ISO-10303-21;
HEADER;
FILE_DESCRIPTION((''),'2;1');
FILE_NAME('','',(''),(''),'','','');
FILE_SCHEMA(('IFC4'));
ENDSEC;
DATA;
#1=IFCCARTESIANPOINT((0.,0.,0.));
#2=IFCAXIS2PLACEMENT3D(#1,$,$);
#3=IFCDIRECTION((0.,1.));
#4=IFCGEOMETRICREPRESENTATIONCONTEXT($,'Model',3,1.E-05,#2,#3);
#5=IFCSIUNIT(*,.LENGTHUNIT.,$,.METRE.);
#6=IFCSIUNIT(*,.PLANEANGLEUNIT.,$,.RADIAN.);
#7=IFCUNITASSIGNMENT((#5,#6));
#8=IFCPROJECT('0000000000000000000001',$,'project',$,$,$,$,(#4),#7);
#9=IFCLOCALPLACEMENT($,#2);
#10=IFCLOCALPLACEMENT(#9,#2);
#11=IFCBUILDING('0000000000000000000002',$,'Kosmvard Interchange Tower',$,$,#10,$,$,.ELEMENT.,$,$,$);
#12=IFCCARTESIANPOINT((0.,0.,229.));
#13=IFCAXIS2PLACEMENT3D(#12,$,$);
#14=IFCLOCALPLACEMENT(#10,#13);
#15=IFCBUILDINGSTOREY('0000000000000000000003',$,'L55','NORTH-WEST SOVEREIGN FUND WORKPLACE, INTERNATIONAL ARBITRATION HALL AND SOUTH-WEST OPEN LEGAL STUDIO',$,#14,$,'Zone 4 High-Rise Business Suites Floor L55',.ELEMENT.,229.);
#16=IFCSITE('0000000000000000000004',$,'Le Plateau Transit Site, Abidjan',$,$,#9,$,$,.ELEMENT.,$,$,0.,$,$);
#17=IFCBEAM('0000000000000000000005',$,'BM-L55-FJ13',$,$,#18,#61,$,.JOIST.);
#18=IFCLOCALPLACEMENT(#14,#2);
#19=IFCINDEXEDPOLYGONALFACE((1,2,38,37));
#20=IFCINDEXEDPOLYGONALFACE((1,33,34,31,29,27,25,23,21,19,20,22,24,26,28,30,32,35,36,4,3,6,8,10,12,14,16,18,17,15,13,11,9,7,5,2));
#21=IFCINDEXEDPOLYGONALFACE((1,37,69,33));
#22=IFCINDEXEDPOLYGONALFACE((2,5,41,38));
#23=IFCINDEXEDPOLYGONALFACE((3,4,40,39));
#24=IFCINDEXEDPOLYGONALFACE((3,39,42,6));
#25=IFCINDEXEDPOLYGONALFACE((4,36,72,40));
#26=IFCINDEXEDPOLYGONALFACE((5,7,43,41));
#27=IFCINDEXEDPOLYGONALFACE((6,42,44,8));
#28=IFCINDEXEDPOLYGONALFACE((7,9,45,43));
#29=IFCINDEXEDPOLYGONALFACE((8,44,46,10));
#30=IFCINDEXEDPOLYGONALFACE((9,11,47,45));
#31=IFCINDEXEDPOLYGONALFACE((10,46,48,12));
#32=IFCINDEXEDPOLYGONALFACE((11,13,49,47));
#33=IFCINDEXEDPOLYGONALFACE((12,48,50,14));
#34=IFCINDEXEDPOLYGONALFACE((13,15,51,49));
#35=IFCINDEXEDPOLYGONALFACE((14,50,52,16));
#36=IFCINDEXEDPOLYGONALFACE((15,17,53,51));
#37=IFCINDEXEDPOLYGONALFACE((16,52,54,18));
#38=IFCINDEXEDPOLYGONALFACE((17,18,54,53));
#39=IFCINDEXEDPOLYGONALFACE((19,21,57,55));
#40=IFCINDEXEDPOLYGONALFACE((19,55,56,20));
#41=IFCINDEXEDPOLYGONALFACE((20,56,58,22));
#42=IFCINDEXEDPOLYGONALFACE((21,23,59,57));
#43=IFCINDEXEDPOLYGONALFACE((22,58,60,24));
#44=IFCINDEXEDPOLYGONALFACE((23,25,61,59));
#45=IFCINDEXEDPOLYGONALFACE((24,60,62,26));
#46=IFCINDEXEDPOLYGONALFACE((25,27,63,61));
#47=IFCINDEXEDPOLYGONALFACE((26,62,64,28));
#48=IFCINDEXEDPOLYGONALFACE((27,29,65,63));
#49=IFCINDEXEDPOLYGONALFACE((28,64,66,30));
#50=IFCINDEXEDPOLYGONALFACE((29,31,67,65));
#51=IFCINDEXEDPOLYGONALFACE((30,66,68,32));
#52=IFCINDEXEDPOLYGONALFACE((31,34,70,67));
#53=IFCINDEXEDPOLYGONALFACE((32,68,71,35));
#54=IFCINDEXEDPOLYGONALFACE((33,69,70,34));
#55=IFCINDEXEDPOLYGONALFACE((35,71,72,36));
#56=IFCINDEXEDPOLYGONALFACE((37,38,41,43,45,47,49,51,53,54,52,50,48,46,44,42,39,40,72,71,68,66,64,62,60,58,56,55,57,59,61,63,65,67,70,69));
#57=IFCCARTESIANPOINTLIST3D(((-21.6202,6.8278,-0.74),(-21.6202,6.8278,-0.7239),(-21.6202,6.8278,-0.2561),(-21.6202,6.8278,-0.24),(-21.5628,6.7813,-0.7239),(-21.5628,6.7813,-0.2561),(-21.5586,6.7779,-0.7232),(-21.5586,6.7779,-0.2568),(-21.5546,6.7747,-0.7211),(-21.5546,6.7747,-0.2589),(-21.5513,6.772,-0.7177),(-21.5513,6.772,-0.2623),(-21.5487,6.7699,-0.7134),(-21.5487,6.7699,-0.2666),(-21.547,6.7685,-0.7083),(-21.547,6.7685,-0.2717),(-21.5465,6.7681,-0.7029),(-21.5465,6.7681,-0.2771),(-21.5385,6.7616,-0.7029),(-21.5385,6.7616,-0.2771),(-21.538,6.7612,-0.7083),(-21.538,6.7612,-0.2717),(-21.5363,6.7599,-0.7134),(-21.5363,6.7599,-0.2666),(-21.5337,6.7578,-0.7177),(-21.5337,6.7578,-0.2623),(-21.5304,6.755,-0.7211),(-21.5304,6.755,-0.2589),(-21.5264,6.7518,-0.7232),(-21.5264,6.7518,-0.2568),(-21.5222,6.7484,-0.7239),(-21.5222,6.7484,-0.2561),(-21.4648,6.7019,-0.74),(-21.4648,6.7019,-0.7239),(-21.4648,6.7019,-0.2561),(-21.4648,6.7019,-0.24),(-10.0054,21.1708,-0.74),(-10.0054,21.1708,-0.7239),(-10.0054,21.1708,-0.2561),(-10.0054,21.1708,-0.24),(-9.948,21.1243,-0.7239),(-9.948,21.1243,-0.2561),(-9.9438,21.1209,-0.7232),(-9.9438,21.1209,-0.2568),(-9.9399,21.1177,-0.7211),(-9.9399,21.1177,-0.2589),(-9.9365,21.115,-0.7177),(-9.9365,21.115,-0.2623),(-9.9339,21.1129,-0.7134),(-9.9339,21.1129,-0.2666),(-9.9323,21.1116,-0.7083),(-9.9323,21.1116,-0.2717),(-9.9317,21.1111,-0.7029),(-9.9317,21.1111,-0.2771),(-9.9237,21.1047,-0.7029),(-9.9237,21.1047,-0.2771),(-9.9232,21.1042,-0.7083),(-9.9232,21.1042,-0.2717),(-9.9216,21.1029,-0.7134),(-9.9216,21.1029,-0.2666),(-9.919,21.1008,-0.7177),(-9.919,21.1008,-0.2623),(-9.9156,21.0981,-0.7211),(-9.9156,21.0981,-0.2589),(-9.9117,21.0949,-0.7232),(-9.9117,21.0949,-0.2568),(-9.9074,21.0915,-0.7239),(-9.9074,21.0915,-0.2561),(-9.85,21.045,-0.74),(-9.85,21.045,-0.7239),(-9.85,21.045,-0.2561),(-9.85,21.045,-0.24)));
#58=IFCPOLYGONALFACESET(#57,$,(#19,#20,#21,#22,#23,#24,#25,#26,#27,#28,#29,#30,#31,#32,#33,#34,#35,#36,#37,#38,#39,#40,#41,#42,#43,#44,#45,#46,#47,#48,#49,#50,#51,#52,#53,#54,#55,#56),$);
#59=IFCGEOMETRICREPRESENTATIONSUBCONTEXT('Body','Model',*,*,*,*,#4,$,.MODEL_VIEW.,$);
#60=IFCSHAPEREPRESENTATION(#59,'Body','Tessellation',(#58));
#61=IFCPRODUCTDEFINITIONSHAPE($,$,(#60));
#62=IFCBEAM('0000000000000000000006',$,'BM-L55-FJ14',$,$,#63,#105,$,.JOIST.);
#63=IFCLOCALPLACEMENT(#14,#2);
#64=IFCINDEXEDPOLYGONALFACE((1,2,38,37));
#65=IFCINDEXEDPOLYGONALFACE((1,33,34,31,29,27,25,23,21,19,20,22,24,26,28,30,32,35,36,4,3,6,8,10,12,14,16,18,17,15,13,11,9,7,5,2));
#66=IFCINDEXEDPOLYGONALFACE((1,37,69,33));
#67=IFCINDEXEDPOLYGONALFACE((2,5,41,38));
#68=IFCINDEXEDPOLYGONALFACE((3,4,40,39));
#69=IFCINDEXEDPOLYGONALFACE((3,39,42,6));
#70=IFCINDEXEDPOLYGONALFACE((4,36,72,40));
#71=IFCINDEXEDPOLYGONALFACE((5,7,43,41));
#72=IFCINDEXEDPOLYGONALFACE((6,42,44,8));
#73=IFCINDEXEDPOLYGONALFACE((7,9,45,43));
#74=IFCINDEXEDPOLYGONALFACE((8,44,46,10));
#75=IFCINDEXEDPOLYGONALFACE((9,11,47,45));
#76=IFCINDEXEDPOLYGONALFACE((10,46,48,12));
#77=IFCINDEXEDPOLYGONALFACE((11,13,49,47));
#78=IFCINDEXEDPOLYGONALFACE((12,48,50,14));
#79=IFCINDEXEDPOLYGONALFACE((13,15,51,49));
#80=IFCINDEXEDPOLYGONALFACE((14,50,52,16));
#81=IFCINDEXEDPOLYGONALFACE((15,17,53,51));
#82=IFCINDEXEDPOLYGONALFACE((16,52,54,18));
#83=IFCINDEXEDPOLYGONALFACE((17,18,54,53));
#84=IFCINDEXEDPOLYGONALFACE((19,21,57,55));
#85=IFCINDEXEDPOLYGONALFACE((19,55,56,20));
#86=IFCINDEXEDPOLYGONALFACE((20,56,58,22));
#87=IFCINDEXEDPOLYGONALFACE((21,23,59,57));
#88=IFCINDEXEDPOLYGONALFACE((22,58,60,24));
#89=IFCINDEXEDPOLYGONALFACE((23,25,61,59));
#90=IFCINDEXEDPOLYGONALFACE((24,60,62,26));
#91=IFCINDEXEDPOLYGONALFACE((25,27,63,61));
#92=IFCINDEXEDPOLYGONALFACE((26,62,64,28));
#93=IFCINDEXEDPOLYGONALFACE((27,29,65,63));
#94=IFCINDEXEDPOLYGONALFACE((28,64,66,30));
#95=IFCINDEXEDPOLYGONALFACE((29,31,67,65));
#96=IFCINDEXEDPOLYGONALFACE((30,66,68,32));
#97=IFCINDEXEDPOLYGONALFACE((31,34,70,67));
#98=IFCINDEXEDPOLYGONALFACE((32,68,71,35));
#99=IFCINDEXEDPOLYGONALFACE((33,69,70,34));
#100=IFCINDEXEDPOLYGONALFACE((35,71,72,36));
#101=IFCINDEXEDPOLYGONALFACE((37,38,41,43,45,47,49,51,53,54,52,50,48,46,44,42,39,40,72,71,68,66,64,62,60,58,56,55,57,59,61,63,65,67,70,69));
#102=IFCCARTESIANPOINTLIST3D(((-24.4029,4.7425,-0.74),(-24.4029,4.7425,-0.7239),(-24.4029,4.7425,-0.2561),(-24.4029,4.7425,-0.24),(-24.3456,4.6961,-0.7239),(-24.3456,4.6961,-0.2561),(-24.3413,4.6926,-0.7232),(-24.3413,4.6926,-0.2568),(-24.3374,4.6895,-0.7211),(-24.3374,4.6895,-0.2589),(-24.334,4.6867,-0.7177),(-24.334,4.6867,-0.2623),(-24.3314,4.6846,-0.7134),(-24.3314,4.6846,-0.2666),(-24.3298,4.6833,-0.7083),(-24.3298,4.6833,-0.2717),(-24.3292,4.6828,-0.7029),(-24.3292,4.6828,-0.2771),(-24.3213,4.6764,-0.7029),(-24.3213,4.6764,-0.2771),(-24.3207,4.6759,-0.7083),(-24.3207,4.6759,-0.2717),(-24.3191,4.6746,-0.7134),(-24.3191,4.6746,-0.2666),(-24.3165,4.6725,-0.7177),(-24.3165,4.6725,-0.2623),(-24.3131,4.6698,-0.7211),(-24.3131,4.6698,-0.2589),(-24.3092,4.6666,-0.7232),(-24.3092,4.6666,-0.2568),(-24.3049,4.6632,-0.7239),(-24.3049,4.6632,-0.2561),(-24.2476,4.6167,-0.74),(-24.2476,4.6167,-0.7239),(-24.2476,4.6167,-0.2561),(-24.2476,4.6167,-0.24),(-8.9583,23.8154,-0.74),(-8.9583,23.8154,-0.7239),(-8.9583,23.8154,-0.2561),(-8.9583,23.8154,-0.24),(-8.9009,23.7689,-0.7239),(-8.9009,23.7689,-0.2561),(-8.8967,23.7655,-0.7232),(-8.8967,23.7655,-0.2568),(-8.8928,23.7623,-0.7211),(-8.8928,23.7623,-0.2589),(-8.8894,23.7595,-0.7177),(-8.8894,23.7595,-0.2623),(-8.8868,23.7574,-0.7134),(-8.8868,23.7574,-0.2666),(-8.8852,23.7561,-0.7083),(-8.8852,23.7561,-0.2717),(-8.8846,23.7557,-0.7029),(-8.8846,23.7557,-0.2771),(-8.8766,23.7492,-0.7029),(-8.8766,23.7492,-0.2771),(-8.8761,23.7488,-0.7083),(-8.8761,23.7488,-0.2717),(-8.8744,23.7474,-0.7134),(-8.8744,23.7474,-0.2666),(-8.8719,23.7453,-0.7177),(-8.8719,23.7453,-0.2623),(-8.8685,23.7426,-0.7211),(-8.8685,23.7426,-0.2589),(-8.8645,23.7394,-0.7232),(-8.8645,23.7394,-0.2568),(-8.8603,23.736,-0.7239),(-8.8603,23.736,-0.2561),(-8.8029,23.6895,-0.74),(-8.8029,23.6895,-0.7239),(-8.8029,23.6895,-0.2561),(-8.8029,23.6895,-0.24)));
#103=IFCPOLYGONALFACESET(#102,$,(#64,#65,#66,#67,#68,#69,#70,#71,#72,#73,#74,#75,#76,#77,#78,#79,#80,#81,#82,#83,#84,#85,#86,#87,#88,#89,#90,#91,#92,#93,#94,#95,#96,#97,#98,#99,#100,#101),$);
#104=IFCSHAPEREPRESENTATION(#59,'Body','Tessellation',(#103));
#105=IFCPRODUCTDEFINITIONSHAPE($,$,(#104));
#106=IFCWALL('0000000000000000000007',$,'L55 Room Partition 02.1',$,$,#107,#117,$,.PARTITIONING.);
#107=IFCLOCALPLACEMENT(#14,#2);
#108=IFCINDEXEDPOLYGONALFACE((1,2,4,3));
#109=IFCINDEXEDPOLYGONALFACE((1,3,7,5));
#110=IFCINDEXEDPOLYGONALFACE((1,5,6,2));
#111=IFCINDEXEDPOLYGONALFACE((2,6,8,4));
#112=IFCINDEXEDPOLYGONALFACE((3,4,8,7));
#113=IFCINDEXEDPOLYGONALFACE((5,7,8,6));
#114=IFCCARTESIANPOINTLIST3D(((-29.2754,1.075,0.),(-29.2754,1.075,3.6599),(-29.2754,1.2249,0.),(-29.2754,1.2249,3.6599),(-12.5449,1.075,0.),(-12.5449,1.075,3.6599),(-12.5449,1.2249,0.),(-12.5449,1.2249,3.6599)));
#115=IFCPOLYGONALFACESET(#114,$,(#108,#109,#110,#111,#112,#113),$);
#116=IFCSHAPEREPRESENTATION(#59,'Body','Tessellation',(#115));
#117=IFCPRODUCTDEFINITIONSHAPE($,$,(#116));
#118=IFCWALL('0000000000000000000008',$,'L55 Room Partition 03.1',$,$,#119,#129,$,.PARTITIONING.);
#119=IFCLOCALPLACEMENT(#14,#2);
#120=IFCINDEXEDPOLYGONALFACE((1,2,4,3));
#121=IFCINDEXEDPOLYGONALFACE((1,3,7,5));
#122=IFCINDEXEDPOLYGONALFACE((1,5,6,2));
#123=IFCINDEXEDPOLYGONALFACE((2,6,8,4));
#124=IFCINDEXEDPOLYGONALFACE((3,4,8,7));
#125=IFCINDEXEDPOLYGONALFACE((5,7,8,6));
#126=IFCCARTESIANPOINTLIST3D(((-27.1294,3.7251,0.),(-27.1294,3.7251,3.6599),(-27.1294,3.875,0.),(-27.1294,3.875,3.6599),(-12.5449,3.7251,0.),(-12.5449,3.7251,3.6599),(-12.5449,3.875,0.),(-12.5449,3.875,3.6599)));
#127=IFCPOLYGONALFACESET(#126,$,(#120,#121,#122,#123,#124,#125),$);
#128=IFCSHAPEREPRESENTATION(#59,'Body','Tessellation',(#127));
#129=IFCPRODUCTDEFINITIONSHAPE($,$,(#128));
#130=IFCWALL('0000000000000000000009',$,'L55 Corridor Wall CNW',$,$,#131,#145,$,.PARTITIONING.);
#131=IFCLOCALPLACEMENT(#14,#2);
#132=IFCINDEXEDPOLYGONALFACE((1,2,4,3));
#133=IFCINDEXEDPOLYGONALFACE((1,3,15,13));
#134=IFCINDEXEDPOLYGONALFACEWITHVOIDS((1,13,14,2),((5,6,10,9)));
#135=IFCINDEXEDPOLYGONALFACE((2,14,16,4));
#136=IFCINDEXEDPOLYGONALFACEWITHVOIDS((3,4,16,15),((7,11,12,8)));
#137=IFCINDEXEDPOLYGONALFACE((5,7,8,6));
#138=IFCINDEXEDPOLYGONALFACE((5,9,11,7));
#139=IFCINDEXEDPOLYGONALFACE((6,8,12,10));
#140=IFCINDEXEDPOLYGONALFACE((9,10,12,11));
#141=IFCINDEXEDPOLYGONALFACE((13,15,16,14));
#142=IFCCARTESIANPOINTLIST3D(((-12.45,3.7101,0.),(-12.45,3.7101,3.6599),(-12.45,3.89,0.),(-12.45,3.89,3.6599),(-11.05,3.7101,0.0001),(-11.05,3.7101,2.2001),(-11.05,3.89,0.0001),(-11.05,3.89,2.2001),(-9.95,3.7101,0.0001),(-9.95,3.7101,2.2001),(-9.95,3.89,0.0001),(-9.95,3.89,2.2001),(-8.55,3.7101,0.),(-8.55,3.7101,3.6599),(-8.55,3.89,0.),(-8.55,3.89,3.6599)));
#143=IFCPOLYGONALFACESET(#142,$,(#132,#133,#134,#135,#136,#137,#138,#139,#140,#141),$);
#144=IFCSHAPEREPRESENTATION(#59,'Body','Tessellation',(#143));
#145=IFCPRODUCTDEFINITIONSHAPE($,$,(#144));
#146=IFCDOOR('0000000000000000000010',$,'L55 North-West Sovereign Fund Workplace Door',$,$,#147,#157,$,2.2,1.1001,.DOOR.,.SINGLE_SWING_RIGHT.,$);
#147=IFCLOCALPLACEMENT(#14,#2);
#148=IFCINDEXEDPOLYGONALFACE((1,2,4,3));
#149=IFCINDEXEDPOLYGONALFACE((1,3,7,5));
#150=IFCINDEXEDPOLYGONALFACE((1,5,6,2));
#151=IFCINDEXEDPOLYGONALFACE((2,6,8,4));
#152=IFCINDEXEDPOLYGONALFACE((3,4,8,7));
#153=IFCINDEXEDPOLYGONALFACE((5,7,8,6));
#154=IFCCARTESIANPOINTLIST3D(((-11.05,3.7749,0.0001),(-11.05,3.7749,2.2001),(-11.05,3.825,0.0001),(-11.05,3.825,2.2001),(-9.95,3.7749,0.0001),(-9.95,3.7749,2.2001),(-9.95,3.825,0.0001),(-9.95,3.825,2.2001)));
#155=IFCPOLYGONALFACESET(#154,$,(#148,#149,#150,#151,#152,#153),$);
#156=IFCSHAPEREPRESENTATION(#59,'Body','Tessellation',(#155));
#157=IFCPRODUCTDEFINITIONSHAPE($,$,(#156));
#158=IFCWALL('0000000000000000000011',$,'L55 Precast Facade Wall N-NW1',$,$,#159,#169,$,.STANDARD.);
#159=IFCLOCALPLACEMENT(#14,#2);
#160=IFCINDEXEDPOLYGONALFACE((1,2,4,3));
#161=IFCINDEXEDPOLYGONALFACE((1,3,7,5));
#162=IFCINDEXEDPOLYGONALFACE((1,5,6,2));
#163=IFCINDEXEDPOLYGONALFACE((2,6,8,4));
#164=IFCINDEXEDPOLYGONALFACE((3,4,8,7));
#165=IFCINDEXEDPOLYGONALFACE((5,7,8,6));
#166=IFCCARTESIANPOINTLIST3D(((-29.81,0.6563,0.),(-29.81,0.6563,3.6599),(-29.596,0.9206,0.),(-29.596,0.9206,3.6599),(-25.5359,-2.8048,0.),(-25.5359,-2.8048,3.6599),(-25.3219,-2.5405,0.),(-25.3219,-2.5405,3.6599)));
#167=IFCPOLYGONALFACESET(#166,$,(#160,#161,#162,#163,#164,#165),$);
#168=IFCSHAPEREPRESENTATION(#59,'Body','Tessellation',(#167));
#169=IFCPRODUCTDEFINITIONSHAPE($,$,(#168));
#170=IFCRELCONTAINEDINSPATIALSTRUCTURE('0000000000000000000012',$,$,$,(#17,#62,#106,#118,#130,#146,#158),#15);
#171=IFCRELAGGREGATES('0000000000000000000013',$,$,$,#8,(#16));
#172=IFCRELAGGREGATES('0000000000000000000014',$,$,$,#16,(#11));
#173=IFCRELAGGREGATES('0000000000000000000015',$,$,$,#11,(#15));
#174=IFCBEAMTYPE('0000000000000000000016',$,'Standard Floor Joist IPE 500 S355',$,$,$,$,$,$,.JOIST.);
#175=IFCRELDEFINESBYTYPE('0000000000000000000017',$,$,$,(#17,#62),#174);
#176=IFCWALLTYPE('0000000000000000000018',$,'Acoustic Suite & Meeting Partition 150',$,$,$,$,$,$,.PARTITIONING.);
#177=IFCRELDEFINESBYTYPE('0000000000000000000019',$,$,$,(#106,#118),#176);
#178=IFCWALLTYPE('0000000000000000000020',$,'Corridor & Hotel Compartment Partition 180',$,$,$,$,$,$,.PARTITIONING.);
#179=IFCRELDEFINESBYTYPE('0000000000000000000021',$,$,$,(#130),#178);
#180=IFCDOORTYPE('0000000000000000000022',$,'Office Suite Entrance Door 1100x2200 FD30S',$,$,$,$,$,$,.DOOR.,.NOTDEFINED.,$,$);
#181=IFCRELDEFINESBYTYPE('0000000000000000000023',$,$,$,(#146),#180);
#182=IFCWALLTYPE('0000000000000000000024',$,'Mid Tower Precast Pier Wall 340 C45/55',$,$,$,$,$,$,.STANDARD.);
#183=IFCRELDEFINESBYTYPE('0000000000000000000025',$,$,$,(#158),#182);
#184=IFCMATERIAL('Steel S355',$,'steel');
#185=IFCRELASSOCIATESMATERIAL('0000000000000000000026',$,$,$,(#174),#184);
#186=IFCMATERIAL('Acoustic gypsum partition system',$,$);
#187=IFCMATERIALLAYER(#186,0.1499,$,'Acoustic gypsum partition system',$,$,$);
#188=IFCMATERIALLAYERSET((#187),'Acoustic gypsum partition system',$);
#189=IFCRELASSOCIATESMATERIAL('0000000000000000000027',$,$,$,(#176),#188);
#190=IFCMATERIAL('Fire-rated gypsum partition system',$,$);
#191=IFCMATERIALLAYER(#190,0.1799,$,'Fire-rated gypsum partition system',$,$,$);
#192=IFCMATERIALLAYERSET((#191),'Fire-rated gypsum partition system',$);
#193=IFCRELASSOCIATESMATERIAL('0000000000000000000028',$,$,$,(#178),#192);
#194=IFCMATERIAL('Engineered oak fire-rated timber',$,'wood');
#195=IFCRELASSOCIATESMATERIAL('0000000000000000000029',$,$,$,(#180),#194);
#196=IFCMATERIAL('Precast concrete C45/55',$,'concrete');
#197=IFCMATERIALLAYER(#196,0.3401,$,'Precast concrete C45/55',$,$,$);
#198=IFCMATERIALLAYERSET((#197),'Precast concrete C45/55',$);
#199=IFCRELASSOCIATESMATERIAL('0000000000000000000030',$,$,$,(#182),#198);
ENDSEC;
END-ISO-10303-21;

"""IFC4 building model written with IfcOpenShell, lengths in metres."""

from ifc_helpers import new_model, si_unit, direction, frame, frame_2d, origin, origin_2d, place, context, subcontext, project, spatial, rectangle, i_section, extrude, source, transform, mapped, material, layer, layer_set, material_profile, profile_set, type_object, element, fill, save


model = new_model("IFC4")

# Units and contexts
model_context = context("Model", 3, precision=1e-05, world=origin(), true_north=direction((0.0, 1.0)))
body_context = subcontext(model_context, "Body", "Model", "MODEL_VIEW")
ifc_project = project(units=[si_unit("LENGTHUNIT", "METRE"), si_unit("PLANEANGLEUNIT", "RADIAN")], contexts=[model_context])

# Site, building, storey
site_placement = place(None, origin())
site = spatial("IfcSite", under=ifc_project, at=site_placement, Name="Le Plateau Transit Site, Abidjan", CompositionType="ELEMENT", RefElevation=0.0)
building_placement = place(site_placement, origin())
building = spatial("IfcBuilding", under=site, at=building_placement, Name="Kosmvard Interchange Tower", CompositionType="ELEMENT")
storey_placement = place(building_placement, frame((0.0, 0.0, 229.0)))
storey = spatial("IfcBuildingStorey", under=building, at=storey_placement, Name="L55", Description="NORTH-WEST SOVEREIGN FUND WORKPLACE, INTERNATIONAL ARBITRATION HALL AND SOUTH-WEST OPEN LEGAL STUDIO", LongName="Zone 4 High-Rise Business Suites Floor L55", CompositionType="ELEMENT", Elevation=229.0)

# Beams
ifc_material_1 = material(Name="Steel S355", Category="steel")
ifc_material_2 = material(Name="Precast concrete C45/55", Category="concrete")
ifc_material_profile_1 = material_profile(ifc_material_1, i_section(OverallWidth=0.2, OverallDepth=0.5, WebThickness=0.0103, FlangeThickness=0.0161, FilletRadius=0.021, at=origin_2d()), Name="IPE 500")
ifc_profile_set_1 = profile_set([ifc_material_profile_1], Name="Steel S355")
beam_type_1 = type_object("IfcBeamType", Name="Standard Floor Joist IPE 500 S355", PredefinedType="JOIST", material=ifc_profile_set_1)
shared_shape_1 = source(origin(), body_context, "Body", "SweptSolid", [
    extrude(i_section(OverallWidth=0.2, OverallDepth=0.5, WebThickness=0.0103, FlangeThickness=0.0161, FilletRadius=0.021, at=origin_2d()), origin(), (0.0, 0.0, 1.0), 18.4561),
])
beam_1_placement = place(storey_placement, frame((-9.9277, 21.1079, -0.49), z_axis=(-0.62932, -0.777146, 0.0), x_axis=(0.777146, -0.62932, 0.0)))
element("IfcBeam", 1, at=beam_1_placement, inside=storey, type_object=beam_type_1, Name="BM-L55-FJ13", PredefinedType="JOIST", context=body_context, shape_type="MappedRepresentation", body=[
    mapped(shared_shape_1, transform((0.0, 0.0, 0.0), scale=1.0)),
])
shared_shape_2 = source(origin(), body_context, "Body", "SweptSolid", [
    extrude(i_section(OverallWidth=0.2, OverallDepth=0.5, WebThickness=0.0103, FlangeThickness=0.0161, FilletRadius=0.021, at=origin_2d()), origin(), (0.0, 0.0, 1.0), 24.542),
])
beam_2_placement = place(storey_placement, frame((-8.8806, 23.7524, -0.49), z_axis=(-0.629315, -0.777151, 0.0), x_axis=(0.777151, -0.629315, 0.0)))
element("IfcBeam", 2, at=beam_2_placement, inside=storey, type_object=beam_type_1, Name="BM-L55-FJ14", PredefinedType="JOIST", context=body_context, shape_type="MappedRepresentation", body=[
    mapped(shared_shape_2, transform((0.0, 0.0, 0.0), scale=1.0)),
])

# Walls
ifc_material_3 = material(Name="Acoustic gypsum partition system")
ifc_layer_1 = layer(ifc_material_3, 0.1499, Name="Acoustic gypsum partition system")
ifc_layer_set_1 = layer_set([ifc_layer_1], Name="Acoustic gypsum partition system")
wall_type_1 = type_object("IfcWallType", Name="Acoustic Suite & Meeting Partition 150", PredefinedType="PARTITIONING", material=ifc_layer_set_1)
wall_1_placement = place(storey_placement, frame((-29.2754, 1.1499, 0.0), z_axis=(0.0, 0.0, 1.0), x_axis=(1.0, 0.0, 0.0)))
element("IfcWall", 3, at=wall_1_placement, inside=storey, type_object=wall_type_1, Name="L55 Room Partition 02.1", PredefinedType="PARTITIONING", context=body_context, shape_type="SweptSolid", body=[
    extrude(rectangle(XDim=16.7305, YDim=0.1499, at=frame_2d((8.3652, 0.0))), origin(), (0.0, 0.0, 1.0), 3.6599),
])
wall_2_placement = place(storey_placement, frame((-27.1294, 3.8, 0.0), z_axis=(0.0, 0.0, 1.0), x_axis=(1.0, 0.0, 0.0)))
element("IfcWall", 4, at=wall_2_placement, inside=storey, type_object=wall_type_1, Name="L55 Room Partition 03.1", PredefinedType="PARTITIONING", context=body_context, shape_type="SweptSolid", body=[
    extrude(rectangle(XDim=14.5845, YDim=0.1499, at=frame_2d((7.2922, 0.0))), origin(), (0.0, 0.0, 1.0), 3.6599),
])

# Wall, opening, door
ifc_material_4 = material(Name="Fire-rated gypsum partition system")
ifc_layer_2 = layer(ifc_material_4, 0.1799, Name="Fire-rated gypsum partition system")
ifc_layer_set_2 = layer_set([ifc_layer_2], Name="Fire-rated gypsum partition system")
wall_type_2 = type_object("IfcWallType", Name="Corridor & Hotel Compartment Partition 180", PredefinedType="PARTITIONING", material=ifc_layer_set_2)
wall_3_placement = place(storey_placement, frame((-12.45, 3.8, 0.0), z_axis=(0.0, 0.0, 1.0), x_axis=(1.0, 0.0, 0.0)))
wall_3 = element("IfcWall", 5, at=wall_3_placement, inside=storey, type_object=wall_type_2, Name="L55 Corridor Wall CNW", PredefinedType="PARTITIONING", context=body_context, shape_type="SweptSolid", body=[
    extrude(rectangle(XDim=3.8999, YDim=0.1799, at=frame_2d((1.95, 0.0))), origin(), (0.0, 0.0, 1.0), 3.6599),
])
opening_placement = place(wall_3_placement, frame((1.3999, 0.0, 0.0)))
opening = element("IfcOpeningElement", 6, at=opening_placement, cuts=wall_3, PredefinedType="OPENING", context=body_context, shape_type="SweptSolid", body=[
    extrude(rectangle(XDim=1.1001, YDim=2.2, at=frame_2d((0.55, 1.1001))), frame((0.0, 0.1001, 0.0), z_axis=(0.0, -1.0, 0.0), x_axis=(1.0, 0.0, 0.0)), (0.0, 0.0, 1.0), 0.2),
])
ifc_material_5 = material(Name="Engineered oak fire-rated timber", Category="wood")
door_type = type_object("IfcDoorType", Name="Office Suite Entrance Door 1100x2200 FD30S", OperationType="NOTDEFINED", PredefinedType="DOOR", material=ifc_material_5)
shared_shape_3 = source(origin(), body_context, "Body", "SweptSolid", [
    extrude(rectangle(XDim=1.1001, YDim=2.2, at=frame_2d((0.55, 1.1001))), frame((0.0, 0.0249, 0.0), z_axis=(0.0, -1.0, 0.0), x_axis=(1.0, 0.0, 0.0)), (0.0, 0.0, 1.0), 0.05),
])
door_placement = place(opening_placement, origin())
door = element("IfcDoor", 7, at=door_placement, inside=storey, type_object=door_type, Name="L55 North-West Sovereign Fund Workplace Door", OperationType="SINGLE_SWING_RIGHT", OverallHeight=2.2, OverallWidth=1.1001, PredefinedType="DOOR", context=body_context, shape_type="MappedRepresentation", body=[
    mapped(shared_shape_3, transform((0.0, 0.0, 0.0), scale=1.0)),
])
fill(opening, door)

# Wall
ifc_layer_3 = layer(ifc_material_2, 0.3401, Name="Precast concrete C45/55")
ifc_layer_set_3 = layer_set([ifc_layer_3], Name="Precast concrete C45/55")
wall_type_3 = type_object("IfcWallType", Name="Mid Tower Precast Pier Wall 340 C45/55", PredefinedType="STANDARD", material=ifc_layer_set_3)
wall_4_placement = place(storey_placement, frame((-29.7031, 0.7886, 0.0), z_axis=(0.0, 0.0, 1.0), x_axis=(0.777144, -0.629323, 0.0)))
element("IfcWall", 8, at=wall_4_placement, inside=storey, type_object=wall_type_3, Name="L55 Precast Facade Wall N-NW1", PredefinedType="STANDARD", context=body_context, shape_type="SweptSolid", body=[
    extrude(rectangle(XDim=5.4998, YDim=0.3401, at=frame_2d((2.75, 0.0))), origin(), (0.0, 0.0, 1.0), 3.6599),
])

save(model, "model.ifc")
